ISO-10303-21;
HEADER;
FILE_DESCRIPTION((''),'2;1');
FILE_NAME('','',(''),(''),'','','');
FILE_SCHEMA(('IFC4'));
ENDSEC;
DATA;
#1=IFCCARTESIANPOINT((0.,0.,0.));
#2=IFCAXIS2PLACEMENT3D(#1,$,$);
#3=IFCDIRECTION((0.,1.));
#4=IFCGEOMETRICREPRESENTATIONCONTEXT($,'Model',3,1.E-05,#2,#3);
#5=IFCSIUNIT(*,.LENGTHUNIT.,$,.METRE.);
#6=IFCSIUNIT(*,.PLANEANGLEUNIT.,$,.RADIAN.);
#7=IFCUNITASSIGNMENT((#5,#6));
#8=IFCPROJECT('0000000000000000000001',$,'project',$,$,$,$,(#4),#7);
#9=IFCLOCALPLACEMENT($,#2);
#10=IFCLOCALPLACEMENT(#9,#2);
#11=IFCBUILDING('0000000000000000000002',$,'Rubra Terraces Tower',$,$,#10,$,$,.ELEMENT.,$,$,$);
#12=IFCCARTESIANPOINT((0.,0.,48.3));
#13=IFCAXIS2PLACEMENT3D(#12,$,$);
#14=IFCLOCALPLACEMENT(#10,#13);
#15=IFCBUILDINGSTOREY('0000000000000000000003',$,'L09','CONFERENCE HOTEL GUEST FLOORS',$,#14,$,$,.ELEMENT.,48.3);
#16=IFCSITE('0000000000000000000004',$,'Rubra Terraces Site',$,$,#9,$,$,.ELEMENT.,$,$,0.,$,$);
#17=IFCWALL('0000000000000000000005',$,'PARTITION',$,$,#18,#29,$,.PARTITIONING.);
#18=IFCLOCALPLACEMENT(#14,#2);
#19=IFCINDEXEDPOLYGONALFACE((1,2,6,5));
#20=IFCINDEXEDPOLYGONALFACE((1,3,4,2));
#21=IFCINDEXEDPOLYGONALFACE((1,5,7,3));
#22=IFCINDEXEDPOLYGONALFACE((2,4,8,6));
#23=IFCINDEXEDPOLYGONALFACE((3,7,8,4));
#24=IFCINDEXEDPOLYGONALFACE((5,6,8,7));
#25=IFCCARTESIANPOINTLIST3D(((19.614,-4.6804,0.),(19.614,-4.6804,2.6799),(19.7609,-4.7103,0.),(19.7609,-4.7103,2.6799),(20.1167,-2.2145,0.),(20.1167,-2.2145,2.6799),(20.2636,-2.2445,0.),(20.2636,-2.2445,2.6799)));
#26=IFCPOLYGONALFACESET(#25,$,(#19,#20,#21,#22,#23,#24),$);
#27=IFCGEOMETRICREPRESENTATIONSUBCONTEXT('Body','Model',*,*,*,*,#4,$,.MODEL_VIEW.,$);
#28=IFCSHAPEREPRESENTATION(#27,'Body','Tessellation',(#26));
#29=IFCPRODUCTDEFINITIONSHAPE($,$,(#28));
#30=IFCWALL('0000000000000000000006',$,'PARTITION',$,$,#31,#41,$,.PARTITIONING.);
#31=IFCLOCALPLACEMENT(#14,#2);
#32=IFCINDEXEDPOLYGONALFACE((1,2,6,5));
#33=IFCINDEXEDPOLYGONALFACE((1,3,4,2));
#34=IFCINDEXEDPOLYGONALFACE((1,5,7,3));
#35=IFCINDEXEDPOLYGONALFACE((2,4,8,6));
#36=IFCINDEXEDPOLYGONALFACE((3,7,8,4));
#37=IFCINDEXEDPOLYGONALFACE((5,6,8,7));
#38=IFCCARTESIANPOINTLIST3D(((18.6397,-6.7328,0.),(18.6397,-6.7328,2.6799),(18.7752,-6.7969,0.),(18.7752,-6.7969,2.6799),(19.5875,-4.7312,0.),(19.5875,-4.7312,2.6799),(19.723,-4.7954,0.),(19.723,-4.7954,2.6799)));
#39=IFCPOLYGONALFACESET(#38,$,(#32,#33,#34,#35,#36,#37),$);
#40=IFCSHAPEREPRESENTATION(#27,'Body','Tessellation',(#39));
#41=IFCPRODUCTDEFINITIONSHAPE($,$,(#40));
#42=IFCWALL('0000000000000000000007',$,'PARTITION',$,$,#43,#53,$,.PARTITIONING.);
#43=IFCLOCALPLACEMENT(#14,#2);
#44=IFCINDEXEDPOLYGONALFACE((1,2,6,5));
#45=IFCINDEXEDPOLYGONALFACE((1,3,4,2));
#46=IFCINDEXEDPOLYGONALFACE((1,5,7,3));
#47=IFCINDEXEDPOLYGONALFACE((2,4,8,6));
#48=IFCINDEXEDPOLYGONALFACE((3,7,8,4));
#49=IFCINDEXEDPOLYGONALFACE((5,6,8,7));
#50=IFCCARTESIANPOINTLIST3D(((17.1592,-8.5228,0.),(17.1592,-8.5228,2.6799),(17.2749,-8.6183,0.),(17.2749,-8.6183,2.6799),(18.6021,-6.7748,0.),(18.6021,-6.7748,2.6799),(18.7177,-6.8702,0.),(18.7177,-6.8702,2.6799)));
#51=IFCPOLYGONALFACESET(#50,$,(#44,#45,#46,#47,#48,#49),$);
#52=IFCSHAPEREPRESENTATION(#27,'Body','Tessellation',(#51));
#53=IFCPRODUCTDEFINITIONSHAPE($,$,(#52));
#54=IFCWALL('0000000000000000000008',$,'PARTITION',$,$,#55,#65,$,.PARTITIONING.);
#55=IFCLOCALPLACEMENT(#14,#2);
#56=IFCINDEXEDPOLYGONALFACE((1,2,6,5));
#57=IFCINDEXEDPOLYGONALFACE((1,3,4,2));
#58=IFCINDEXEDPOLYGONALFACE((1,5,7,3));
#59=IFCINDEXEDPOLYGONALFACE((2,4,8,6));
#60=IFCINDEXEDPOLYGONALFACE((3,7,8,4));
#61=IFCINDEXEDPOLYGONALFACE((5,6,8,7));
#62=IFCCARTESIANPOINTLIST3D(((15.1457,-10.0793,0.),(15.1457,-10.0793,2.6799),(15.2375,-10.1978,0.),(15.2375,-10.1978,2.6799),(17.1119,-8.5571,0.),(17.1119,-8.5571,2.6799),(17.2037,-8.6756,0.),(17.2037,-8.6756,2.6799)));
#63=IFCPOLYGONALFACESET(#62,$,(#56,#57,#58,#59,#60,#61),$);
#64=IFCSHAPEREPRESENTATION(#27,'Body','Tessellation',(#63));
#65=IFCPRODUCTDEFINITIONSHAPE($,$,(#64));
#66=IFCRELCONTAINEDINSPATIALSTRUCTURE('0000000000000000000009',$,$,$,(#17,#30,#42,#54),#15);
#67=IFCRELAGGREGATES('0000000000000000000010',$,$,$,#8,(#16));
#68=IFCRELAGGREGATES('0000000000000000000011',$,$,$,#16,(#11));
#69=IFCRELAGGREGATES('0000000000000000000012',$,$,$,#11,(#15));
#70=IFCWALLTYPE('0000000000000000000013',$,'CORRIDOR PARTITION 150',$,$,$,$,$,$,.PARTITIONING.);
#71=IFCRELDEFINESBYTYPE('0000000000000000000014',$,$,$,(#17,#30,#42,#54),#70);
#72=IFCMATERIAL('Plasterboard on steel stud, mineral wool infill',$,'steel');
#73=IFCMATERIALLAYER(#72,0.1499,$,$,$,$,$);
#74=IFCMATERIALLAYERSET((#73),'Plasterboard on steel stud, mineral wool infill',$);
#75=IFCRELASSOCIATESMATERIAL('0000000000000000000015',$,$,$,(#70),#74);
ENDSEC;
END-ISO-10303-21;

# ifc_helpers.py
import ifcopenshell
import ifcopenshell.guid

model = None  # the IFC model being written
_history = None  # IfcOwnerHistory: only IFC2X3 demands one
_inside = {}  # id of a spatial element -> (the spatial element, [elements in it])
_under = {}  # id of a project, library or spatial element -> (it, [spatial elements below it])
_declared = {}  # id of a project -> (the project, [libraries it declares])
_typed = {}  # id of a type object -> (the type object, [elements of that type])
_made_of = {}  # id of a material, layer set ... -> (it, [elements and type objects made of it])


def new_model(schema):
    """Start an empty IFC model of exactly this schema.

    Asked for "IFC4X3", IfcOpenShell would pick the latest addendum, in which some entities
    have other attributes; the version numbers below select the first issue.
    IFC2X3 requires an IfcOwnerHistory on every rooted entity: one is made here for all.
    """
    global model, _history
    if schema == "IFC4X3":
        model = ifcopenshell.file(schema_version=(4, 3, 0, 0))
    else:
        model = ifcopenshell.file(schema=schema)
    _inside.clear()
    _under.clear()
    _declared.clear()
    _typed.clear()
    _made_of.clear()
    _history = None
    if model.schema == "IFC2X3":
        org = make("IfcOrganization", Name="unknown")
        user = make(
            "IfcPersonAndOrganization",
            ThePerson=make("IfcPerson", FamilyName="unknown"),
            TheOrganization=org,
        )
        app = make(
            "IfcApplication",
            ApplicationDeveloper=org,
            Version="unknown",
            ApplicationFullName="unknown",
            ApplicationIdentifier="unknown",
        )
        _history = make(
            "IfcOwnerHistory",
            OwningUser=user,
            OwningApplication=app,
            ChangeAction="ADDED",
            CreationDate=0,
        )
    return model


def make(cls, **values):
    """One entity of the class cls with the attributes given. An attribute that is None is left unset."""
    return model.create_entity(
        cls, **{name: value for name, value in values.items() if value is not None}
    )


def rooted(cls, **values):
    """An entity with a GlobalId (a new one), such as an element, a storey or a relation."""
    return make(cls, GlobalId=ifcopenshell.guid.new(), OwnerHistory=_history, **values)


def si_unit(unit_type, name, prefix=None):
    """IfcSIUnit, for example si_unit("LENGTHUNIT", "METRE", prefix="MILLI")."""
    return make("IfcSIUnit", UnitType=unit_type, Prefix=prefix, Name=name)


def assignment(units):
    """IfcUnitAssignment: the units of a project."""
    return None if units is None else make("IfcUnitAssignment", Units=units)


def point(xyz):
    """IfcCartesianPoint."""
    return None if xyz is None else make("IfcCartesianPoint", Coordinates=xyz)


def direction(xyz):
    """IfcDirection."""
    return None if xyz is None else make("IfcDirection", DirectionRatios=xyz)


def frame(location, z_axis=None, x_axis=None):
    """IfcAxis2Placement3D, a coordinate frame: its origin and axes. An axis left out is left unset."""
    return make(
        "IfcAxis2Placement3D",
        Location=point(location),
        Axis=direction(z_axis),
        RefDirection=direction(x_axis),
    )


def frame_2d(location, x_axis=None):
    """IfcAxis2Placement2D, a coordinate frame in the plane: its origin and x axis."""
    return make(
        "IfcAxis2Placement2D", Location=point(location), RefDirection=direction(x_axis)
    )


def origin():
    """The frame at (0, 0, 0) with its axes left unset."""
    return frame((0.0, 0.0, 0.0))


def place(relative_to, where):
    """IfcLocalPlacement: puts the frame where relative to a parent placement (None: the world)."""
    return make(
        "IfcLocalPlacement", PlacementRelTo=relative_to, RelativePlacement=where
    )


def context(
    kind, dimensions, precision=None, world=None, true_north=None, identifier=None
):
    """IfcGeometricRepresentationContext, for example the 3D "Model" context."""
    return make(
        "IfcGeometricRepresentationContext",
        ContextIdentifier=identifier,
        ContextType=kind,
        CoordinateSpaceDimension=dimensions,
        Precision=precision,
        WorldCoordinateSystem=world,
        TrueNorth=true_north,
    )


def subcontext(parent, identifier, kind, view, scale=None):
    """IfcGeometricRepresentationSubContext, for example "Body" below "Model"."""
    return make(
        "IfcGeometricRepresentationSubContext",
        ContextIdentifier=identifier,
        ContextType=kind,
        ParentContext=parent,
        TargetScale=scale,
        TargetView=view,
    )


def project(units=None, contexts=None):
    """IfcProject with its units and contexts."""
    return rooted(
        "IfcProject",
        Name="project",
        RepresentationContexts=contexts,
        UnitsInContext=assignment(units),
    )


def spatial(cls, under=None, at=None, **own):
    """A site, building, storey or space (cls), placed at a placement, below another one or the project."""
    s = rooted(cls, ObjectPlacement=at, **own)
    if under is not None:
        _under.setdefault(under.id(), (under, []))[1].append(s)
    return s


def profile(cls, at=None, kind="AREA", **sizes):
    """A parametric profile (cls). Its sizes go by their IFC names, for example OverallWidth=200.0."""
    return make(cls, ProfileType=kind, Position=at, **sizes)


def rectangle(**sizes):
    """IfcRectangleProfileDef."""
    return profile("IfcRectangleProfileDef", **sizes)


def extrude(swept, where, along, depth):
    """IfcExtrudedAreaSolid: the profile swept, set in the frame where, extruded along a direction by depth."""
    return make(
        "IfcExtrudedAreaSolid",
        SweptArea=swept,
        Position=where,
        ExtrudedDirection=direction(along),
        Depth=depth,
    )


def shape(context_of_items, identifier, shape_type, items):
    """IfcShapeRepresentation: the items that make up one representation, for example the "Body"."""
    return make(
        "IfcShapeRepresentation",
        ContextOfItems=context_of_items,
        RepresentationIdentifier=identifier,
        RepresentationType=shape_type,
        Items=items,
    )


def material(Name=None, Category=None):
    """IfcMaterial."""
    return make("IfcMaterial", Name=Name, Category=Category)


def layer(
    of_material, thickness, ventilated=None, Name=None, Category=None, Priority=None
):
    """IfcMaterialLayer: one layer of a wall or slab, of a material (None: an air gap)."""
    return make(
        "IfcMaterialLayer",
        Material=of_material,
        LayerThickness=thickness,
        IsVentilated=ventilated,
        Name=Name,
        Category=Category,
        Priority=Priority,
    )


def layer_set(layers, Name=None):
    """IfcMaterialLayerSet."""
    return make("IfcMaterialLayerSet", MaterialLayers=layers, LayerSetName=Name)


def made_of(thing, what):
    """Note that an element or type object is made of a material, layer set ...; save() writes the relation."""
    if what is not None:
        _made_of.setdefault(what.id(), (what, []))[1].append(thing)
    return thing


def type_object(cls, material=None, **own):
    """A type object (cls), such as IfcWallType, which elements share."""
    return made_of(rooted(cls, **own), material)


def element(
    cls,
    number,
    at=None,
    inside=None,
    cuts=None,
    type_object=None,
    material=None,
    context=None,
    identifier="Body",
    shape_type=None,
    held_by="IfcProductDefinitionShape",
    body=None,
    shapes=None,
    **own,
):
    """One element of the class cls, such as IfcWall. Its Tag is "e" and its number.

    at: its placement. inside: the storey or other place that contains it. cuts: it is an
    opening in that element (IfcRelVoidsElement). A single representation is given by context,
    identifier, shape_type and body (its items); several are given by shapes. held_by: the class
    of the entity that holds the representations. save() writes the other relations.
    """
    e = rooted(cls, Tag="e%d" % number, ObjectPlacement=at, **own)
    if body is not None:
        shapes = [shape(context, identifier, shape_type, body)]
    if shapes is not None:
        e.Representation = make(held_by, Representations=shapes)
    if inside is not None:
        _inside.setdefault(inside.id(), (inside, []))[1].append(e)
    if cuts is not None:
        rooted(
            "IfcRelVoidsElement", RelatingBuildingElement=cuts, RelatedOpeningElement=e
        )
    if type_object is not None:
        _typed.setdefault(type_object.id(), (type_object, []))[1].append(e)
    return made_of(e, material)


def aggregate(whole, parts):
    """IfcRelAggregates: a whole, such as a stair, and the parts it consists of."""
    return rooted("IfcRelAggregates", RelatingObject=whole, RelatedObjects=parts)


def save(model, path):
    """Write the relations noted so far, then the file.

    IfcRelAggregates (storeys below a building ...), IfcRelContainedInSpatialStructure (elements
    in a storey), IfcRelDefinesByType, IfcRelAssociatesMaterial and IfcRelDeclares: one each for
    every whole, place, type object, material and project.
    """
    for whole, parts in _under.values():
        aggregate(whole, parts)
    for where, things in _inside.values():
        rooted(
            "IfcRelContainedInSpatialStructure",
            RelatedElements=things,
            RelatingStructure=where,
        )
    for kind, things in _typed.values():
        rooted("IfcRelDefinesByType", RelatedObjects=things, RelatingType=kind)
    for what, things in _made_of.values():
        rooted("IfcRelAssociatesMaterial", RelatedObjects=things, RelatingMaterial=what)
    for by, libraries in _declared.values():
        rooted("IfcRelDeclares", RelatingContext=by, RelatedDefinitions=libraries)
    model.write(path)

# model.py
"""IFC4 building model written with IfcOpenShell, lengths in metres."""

from ifc_helpers import new_model, si_unit, direction, frame, frame_2d, origin, place, context, subcontext, project, spatial, rectangle, extrude, material, layer, layer_set, type_object, element, save


model = new_model("IFC4")

# Units and contexts
model_context = context("Model", 3, precision=1e-05, world=origin(), true_north=direction((0.0, 1.0)))
body_context = subcontext(model_context, "Body", "Model", "MODEL_VIEW")
ifc_project = project(units=[si_unit("LENGTHUNIT", "METRE"), si_unit("PLANEANGLEUNIT", "RADIAN")], contexts=[model_context])

# Site, building, storey
site_placement = place(None, origin())
site = spatial("IfcSite", under=ifc_project, at=site_placement, Name="Rubra Terraces Site", CompositionType="ELEMENT", RefElevation=0.0)
building_placement = place(site_placement, origin())
building = spatial("IfcBuilding", under=site, at=building_placement, Name="Rubra Terraces Tower", CompositionType="ELEMENT")
storey_placement = place(building_placement, frame((0.0, 0.0, 48.3)))
storey = spatial("IfcBuildingStorey", under=building, at=storey_placement, Name="L09", Description="CONFERENCE HOTEL GUEST FLOORS", CompositionType="ELEMENT", Elevation=48.3)

# Shared definitions
ifc_material_1 = material(Name="Plasterboard on steel stud, mineral wool infill", Category="steel")
ifc_layer_1 = layer(ifc_material_1, 0.1499)
ifc_layer_set_1 = layer_set([ifc_layer_1], Name="Plasterboard on steel stud, mineral wool infill")
wall_type_1 = type_object("IfcWallType", Name="CORRIDOR PARTITION 150", PredefinedType="PARTITIONING", material=ifc_layer_set_1)

# Walls
wall_1_placement = place(storey_placement, frame((20.1902, -2.2295, 0.0), z_axis=(0.0, 0.0, 1.0), x_axis=(-0.199753, -0.979846, 0.0)))
element("IfcWall", 1, at=wall_1_placement, inside=storey, type_object=wall_type_1, Name="PARTITION", PredefinedType="PARTITIONING", context=body_context, shape_type="SweptSolid", body=[
    extrude(rectangle(XDim=2.5166, YDim=0.1499, at=frame_2d((1.2583, 0.0))), origin(), (0.0, 0.0, 1.0), 2.6799),
])
wall_2_placement = place(storey_placement, frame((19.6553, -4.7632, 0.0), z_axis=(0.0, 0.0, 1.0), x_axis=(-0.427973, -0.903792, 0.0)))
element("IfcWall", 2, at=wall_2_placement, inside=storey, type_object=wall_type_1, Name="PARTITION", PredefinedType="PARTITIONING", context=body_context, shape_type="SweptSolid", body=[
    extrude(rectangle(XDim=2.2146, YDim=0.1499, at=frame_2d((1.1074, 0.0))), origin(), (0.0, 0.0, 1.0), 2.6799),
])
wall_3_placement = place(storey_placement, frame((18.6599, -6.8225, 0.0), z_axis=(0.0, 0.0, 1.0), x_axis=(-0.636575, -0.771215, 0.0)))
element("IfcWall", 3, at=wall_3_placement, inside=storey, type_object=wall_type_1, Name="PARTITION", PredefinedType="PARTITIONING", context=body_context, shape_type="SweptSolid", body=[
    extrude(rectangle(XDim=2.2666, YDim=0.1499, at=frame_2d((1.1333, 0.0))), origin(), (0.0, 0.0, 1.0), 2.6799),
])
wall_4_placement = place(storey_placement, frame((17.1577, -8.6165, 0.0), z_axis=(0.0, 0.0, 1.0), x_axis=(-0.790741, -0.612151, 0.0)))
element("IfcWall", 4, at=wall_4_placement, inside=storey, type_object=wall_type_1, Name="PARTITION", PredefinedType="PARTITIONING", context=body_context, shape_type="SweptSolid", body=[
    extrude(rectangle(XDim=2.4866, YDim=0.1499, at=frame_2d((1.2432, 0.0))), origin(), (0.0, 0.0, 1.0), 2.6799),
])

save(model, "model.ifc")
